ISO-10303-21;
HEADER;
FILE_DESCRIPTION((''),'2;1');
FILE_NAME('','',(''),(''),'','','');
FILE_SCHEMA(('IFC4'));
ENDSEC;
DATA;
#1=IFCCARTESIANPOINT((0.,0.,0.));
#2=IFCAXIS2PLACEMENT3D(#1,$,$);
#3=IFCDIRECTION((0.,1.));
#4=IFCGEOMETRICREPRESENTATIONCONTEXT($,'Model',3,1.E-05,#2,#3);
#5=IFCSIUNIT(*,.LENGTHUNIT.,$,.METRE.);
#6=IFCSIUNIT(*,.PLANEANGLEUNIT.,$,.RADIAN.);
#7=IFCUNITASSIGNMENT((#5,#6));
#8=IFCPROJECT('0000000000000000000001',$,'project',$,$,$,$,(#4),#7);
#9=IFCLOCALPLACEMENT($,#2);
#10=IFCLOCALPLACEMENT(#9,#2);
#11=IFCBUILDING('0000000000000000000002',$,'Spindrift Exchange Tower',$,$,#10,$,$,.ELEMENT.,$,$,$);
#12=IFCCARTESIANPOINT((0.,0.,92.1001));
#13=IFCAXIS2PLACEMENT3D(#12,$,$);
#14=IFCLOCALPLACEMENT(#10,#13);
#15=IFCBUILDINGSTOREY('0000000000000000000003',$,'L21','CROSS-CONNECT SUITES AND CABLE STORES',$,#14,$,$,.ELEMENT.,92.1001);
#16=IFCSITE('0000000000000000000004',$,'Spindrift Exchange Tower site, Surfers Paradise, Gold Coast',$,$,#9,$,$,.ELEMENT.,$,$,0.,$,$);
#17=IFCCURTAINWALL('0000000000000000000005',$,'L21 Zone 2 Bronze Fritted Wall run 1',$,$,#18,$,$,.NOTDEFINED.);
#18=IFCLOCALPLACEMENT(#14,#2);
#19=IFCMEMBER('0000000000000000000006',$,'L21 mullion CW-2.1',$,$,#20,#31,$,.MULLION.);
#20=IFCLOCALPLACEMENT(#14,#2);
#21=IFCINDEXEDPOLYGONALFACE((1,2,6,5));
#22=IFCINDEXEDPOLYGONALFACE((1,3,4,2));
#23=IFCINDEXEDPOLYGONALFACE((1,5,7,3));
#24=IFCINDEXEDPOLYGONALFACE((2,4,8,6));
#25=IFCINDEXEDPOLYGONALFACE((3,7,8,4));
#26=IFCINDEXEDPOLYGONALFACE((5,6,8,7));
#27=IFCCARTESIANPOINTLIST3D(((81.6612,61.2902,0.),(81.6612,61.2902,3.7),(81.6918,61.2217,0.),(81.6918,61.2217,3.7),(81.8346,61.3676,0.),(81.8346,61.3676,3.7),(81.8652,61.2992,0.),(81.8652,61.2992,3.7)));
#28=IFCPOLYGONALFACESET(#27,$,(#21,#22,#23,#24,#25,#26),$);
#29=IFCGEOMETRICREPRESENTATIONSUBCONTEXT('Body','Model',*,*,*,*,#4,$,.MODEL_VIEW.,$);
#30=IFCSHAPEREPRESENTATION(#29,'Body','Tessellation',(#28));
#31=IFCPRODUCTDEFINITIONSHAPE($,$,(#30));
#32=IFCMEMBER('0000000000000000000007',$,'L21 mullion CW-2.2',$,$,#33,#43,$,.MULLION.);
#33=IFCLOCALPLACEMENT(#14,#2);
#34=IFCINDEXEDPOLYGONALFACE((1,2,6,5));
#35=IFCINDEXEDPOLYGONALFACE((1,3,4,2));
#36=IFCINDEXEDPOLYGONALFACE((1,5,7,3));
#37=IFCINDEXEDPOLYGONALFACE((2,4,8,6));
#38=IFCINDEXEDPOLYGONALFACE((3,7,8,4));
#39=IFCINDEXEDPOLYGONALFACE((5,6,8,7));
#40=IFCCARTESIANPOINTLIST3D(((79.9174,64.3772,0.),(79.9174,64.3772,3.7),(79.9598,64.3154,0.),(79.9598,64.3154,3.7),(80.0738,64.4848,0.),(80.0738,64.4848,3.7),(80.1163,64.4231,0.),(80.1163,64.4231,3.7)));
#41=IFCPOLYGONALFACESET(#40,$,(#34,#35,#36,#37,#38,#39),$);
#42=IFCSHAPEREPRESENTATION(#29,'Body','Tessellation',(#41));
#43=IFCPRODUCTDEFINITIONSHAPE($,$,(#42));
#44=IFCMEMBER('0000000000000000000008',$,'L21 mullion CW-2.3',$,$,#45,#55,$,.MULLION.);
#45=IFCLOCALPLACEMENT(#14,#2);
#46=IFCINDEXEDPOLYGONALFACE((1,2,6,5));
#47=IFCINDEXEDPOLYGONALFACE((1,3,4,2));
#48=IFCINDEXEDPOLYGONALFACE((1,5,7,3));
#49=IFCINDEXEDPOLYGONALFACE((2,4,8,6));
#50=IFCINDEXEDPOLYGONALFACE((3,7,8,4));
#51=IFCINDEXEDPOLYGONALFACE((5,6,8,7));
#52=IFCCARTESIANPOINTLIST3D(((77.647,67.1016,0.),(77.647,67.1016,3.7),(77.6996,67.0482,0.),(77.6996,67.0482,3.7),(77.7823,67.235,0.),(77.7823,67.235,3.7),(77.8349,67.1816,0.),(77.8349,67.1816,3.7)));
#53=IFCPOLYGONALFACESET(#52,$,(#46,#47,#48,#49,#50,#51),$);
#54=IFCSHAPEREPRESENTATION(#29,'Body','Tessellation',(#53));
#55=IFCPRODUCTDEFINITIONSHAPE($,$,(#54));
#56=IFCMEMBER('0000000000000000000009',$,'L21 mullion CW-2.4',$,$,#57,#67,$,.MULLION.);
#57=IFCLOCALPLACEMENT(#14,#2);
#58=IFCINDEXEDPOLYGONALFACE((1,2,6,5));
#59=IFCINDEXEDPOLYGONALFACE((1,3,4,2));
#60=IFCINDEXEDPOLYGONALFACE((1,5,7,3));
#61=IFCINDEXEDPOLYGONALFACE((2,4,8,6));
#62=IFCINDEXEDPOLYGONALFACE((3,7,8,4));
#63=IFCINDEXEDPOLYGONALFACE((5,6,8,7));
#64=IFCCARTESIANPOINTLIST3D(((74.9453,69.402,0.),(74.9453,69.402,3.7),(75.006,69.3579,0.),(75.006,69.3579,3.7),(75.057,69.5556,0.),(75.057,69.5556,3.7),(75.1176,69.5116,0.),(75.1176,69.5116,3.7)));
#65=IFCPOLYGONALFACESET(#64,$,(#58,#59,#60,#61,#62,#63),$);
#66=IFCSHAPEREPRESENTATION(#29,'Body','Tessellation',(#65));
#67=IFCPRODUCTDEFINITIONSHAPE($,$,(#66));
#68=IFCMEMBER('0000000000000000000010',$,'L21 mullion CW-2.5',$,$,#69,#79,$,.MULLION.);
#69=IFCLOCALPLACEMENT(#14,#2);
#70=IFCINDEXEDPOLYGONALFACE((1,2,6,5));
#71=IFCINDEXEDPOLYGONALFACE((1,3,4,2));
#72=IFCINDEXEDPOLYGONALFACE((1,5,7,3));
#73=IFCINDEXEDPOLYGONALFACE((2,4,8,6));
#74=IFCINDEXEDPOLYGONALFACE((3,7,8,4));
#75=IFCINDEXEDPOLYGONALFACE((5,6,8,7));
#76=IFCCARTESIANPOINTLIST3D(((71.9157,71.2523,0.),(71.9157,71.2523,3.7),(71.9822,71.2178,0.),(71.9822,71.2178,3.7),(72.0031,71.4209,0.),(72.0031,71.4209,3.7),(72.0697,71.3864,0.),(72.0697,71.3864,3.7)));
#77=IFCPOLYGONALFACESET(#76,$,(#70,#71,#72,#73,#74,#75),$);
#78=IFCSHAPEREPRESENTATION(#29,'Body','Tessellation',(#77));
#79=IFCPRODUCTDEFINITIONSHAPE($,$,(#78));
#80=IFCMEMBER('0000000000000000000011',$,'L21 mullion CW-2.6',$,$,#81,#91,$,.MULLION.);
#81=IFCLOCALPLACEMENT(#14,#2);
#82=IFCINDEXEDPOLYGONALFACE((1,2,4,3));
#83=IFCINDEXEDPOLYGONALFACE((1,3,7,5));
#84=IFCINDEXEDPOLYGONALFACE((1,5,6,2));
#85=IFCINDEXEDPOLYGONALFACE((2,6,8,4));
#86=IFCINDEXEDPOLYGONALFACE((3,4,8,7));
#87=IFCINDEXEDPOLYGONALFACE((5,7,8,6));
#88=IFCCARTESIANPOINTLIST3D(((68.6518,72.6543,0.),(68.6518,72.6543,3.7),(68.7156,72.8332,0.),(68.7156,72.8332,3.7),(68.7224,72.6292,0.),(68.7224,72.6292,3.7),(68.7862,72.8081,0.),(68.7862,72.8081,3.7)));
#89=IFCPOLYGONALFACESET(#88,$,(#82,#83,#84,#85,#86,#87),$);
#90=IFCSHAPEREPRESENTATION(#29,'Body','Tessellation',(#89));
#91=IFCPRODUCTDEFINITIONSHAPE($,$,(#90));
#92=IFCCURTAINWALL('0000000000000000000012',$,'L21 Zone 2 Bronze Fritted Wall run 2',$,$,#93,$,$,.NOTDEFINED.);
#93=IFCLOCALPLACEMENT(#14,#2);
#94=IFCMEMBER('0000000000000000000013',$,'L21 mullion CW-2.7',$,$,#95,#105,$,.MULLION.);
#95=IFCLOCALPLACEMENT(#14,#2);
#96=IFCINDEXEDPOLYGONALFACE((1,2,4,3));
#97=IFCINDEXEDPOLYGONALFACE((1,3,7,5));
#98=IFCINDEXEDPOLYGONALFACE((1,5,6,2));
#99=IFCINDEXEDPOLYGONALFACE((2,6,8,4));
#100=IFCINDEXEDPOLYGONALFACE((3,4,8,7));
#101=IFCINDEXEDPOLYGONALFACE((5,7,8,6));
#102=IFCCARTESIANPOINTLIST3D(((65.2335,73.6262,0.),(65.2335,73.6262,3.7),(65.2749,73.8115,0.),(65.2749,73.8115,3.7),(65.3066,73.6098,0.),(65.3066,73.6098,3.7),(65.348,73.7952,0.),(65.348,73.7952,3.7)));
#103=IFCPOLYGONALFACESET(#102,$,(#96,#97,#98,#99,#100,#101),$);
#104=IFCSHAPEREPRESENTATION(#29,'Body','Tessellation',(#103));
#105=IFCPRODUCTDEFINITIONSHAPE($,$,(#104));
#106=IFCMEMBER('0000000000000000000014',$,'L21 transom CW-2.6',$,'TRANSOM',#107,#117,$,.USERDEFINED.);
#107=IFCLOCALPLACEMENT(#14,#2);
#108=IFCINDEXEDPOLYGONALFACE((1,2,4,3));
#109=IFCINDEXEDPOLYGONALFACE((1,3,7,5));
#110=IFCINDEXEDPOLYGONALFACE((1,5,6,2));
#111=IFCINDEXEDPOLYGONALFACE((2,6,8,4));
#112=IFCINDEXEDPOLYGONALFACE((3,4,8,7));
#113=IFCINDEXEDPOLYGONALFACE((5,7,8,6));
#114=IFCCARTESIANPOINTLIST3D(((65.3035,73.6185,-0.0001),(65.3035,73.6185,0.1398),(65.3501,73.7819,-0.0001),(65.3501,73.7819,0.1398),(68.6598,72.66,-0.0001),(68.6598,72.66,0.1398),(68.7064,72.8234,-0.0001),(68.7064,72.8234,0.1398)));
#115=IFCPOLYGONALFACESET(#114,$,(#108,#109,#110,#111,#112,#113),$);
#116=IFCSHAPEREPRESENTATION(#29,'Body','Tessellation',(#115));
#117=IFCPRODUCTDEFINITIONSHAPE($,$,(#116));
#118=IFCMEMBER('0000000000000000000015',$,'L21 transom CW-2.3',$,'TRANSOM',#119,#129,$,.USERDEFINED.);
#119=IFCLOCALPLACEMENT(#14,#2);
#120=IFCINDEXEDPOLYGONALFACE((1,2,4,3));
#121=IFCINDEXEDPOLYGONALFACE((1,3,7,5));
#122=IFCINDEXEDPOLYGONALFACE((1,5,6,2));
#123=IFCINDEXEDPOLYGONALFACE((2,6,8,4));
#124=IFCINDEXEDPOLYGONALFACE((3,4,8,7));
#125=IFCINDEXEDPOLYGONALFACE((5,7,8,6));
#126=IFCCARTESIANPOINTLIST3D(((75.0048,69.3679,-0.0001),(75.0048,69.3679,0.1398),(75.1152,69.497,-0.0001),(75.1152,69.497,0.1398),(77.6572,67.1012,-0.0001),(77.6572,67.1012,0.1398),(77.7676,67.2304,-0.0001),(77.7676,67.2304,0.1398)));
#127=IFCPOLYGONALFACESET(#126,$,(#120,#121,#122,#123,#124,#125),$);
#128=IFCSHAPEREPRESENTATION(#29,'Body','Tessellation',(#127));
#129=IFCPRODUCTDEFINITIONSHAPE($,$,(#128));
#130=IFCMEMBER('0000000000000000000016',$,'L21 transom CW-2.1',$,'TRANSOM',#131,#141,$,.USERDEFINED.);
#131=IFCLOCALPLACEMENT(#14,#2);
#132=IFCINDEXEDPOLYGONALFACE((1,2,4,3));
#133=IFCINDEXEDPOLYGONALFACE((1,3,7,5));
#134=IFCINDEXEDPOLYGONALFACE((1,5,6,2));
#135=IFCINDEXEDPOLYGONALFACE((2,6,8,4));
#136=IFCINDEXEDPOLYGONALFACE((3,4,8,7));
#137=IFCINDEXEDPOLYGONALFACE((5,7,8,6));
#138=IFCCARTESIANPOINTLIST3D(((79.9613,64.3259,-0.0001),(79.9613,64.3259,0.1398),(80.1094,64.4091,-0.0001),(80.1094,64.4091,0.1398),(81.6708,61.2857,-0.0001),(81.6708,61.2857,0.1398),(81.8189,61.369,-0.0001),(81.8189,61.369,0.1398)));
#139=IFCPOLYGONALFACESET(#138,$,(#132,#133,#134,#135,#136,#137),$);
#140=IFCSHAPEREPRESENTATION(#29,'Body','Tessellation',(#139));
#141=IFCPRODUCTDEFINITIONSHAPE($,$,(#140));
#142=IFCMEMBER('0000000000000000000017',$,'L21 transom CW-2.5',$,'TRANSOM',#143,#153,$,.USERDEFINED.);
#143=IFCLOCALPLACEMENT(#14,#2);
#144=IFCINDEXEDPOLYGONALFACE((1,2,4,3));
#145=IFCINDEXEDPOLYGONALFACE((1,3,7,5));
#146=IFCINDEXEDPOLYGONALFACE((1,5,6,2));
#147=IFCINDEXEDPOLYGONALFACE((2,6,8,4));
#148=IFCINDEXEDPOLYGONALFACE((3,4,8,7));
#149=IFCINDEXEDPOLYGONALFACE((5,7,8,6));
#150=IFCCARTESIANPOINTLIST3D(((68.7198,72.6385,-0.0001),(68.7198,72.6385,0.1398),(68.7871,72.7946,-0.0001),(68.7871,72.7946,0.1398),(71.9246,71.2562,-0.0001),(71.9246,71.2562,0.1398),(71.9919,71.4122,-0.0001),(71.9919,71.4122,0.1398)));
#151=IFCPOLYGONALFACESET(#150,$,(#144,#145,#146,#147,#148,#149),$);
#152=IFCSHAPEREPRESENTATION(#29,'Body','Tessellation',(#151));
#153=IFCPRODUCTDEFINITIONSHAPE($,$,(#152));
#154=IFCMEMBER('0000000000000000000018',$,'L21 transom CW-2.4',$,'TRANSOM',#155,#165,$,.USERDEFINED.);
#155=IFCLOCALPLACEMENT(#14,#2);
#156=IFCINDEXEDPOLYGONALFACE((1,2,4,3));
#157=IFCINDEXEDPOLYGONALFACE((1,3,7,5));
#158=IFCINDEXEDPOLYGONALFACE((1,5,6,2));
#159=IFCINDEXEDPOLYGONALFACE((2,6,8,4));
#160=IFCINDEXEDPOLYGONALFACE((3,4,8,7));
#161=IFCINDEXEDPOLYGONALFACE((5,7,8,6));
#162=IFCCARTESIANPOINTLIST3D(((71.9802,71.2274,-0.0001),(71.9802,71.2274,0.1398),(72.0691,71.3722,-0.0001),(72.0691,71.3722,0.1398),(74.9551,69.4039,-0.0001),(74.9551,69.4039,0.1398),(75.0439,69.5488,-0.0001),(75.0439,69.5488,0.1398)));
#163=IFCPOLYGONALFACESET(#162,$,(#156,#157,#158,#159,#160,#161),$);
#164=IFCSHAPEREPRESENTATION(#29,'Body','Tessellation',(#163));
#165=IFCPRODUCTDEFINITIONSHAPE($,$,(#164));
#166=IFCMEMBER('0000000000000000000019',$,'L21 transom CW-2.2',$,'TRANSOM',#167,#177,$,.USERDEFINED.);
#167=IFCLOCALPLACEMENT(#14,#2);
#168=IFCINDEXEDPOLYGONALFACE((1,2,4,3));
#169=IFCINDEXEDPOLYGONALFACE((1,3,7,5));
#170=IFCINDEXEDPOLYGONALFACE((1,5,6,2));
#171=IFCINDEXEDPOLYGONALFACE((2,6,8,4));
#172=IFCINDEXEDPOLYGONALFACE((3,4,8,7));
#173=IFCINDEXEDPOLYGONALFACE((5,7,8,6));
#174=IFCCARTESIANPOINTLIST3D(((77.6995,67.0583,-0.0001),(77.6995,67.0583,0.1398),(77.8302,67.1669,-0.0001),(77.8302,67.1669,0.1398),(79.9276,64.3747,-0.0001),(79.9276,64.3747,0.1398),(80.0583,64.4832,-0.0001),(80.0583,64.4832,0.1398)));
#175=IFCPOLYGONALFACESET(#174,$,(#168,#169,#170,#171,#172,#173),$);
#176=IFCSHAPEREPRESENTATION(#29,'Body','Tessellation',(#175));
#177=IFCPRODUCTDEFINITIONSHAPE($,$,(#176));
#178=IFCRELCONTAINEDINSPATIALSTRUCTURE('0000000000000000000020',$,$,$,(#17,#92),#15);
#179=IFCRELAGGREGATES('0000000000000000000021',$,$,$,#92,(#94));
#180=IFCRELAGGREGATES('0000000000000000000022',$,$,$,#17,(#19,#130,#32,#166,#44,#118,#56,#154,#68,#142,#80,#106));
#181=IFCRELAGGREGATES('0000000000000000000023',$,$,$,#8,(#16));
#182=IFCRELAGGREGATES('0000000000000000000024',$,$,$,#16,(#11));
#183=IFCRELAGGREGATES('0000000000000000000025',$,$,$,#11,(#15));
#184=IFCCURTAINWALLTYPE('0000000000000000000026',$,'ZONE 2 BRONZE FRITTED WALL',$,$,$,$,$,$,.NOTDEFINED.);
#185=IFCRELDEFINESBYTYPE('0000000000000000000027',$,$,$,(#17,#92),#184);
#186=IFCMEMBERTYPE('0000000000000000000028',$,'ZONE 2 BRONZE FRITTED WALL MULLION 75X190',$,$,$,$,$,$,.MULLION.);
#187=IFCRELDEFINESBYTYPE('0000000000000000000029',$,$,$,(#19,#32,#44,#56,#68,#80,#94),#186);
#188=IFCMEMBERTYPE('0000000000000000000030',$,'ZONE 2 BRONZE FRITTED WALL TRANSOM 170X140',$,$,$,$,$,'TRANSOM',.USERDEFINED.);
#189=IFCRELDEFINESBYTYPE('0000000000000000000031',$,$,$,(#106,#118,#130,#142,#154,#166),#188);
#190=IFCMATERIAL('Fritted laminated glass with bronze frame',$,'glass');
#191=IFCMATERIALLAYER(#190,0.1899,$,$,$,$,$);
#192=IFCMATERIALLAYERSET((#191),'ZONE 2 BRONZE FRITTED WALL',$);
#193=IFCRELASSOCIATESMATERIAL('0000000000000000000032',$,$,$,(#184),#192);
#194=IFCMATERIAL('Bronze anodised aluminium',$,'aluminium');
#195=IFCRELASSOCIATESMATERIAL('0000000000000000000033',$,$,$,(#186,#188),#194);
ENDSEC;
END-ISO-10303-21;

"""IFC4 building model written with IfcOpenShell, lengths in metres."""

from ifc_helpers import new_model, si_unit, direction, frame, origin, origin_2d, place, context, subcontext, project, spatial, rectangle, extrude, source, transform, mapped, material, layer, layer_set, material_profile, profile_set, type_object, element, aggregate, save


model = new_model("IFC4")

# Units and contexts
model_context = context("Model", 3, precision=1e-05, world=origin(), true_north=direction((0.0, 1.0)))
body_context = subcontext(model_context, "Body", "Model", "MODEL_VIEW")
ifc_project = project(units=[si_unit("LENGTHUNIT", "METRE"), si_unit("PLANEANGLEUNIT", "RADIAN")], contexts=[model_context])

# Site, building, storey
site_placement = place(None, origin())
site = spatial("IfcSite", under=ifc_project, at=site_placement, Name="Spindrift Exchange Tower site, Surfers Paradise, Gold Coast", CompositionType="ELEMENT", RefElevation=0.0)
building_placement = place(site_placement, origin())
building = spatial("IfcBuilding", under=site, at=building_placement, Name="Spindrift Exchange Tower", CompositionType="ELEMENT")
storey_placement = place(building_placement, frame((0.0, 0.0, 92.1001)))
storey = spatial("IfcBuildingStorey", under=building, at=storey_placement, Name="L21", Description="CROSS-CONNECT SUITES AND CABLE STORES", CompositionType="ELEMENT", Elevation=92.1001)

# Curtain wall, members
ifc_material_1 = material(Name="Fritted laminated glass with bronze frame", Category="glass")
ifc_layer_1 = layer(ifc_material_1, 0.1899)
ifc_layer_set_1 = layer_set([ifc_layer_1], Name="ZONE 2 BRONZE FRITTED WALL")
curtain_wall_type = type_object("IfcCurtainWallType", Name="ZONE 2 BRONZE FRITTED WALL", PredefinedType="NOTDEFINED", material=ifc_layer_set_1)
curtain_wall_1_placement = place(storey_placement, origin())
curtain_wall_1 = element("IfcCurtainWall", 1, at=curtain_wall_1_placement, inside=storey, type_object=curtain_wall_type, Name="L21 Zone 2 Bronze Fritted Wall run 1", PredefinedType="NOTDEFINED")
ifc_material_2 = material(Name="Bronze anodised aluminium", Category="aluminium")
ifc_material_profile_1 = material_profile(ifc_material_2, rectangle(XDim=0.075, YDim=0.1899, at=origin_2d()), Name="ZONE 2 BRONZE FRITTED WALL MULLION 75X190")
ifc_profile_set_1 = profile_set([ifc_material_profile_1], Name="Bronze anodised aluminium")
member_type_1 = type_object("IfcMemberType", Name="ZONE 2 BRONZE FRITTED WALL MULLION 75X190", PredefinedType="MULLION", material=ifc_profile_set_1)
shared_shape_1 = source(origin(), body_context, "Body", "SweptSolid", [
    extrude(rectangle(XDim=0.075, YDim=0.1899, at=origin_2d()), origin(), (0.0, 0.0, 1.0), 3.7),
])
member_1_placement = place(storey_placement, frame((81.7632, 61.2947, 0.0), z_axis=(0.0, 0.0, 1.0), x_axis=(-0.407851, 0.913048, 0.0)))
member_1 = element("IfcMember", 2, at=member_1_placement, type_object=member_type_1, Name="L21 mullion CW-2.1", PredefinedType="MULLION", context=body_context, shape_type="MappedRepresentation", body=[
    mapped(shared_shape_1, transform((0.0, 0.0, 0.0), scale=1.0)),
])
member_2_placement = place(storey_placement, frame((80.0168, 64.4001, 0.0), z_axis=(0.0, 0.0, 1.0), x_axis=(-0.566776, 0.823872, 0.0)))
member_2 = element("IfcMember", 3, at=member_2_placement, type_object=member_type_1, Name="L21 mullion CW-2.2", PredefinedType="MULLION", context=body_context, shape_type="MappedRepresentation", body=[
    mapped(shared_shape_1, transform((0.0, 0.0, 0.0), scale=1.0)),
])
member_3_placement = place(storey_placement, frame((77.741, 67.1416, 0.0), z_axis=(0.0, 0.0, 1.0), x_axis=(-0.702062, 0.712115, 0.0)))
member_3 = element("IfcMember", 4, at=member_3_placement, type_object=member_type_1, Name="L21 mullion CW-2.3", PredefinedType="MULLION", context=body_context, shape_type="MappedRepresentation", body=[
    mapped(shared_shape_1, transform((0.0, 0.0, 0.0), scale=1.0)),
])
member_4_placement = place(storey_placement, frame((75.0315, 69.4568, 0.0), z_axis=(0.0, 0.0, 1.0), x_axis=(-0.808911, 0.587931, 0.0)))
member_4 = element("IfcMember", 5, at=member_4_placement, type_object=member_type_1, Name="L21 mullion CW-2.4", PredefinedType="MULLION", context=body_context, shape_type="MappedRepresentation", body=[
    mapped(shared_shape_1, transform((0.0, 0.0, 0.0), scale=1.0)),
])
member_5_placement = place(storey_placement, frame((71.9927, 71.3193, 0.0), z_axis=(0.0, 0.0, 1.0), x_axis=(-0.887668, 0.460483, 0.0)))
member_5 = element("IfcMember", 6, at=member_5_placement, type_object=member_type_1, Name="L21 mullion CW-2.5", PredefinedType="MULLION", context=body_context, shape_type="MappedRepresentation", body=[
    mapped(shared_shape_1, transform((0.0, 0.0, 0.0), scale=1.0)),
])
member_6_placement = place(storey_placement, frame((68.719, 72.7312, 0.0), z_axis=(0.0, 0.0, 1.0), x_axis=(-0.941843, 0.336053, 0.0)))
member_6 = element("IfcMember", 7, at=member_6_placement, type_object=member_type_1, Name="L21 mullion CW-2.6", PredefinedType="MULLION", context=body_context, shape_type="MappedRepresentation", body=[
    mapped(shared_shape_1, transform((0.0, 0.0, 0.0), scale=1.0)),
])

# Curtain wall, member
curtain_wall_2_placement = place(storey_placement, origin())
curtain_wall_2 = element("IfcCurtainWall", 8, at=curtain_wall_2_placement, inside=storey, type_object=curtain_wall_type, Name="L21 Zone 2 Bronze Fritted Wall run 2", PredefinedType="NOTDEFINED")
member_7_placement = place(storey_placement, frame((65.2908, 73.7107, 0.0), z_axis=(0.0, 0.0, 1.0), x_axis=(-0.975966, 0.217925, 0.0)))
member_7 = element("IfcMember", 9, at=member_7_placement, type_object=member_type_1, Name="L21 mullion CW-2.7", PredefinedType="MULLION", context=body_context, shape_type="MappedRepresentation", body=[
    mapped(shared_shape_1, transform((0.0, 0.0, 0.0), scale=1.0)),
])
aggregate(curtain_wall_2, [member_7])

# Members
ifc_material_profile_2 = material_profile(ifc_material_2, rectangle(XDim=0.1699, YDim=0.1399, at=origin_2d()), Name="ZONE 2 BRONZE FRITTED WALL TRANSOM 170X140")
ifc_profile_set_2 = profile_set([ifc_material_profile_2], Name="Bronze anodised aluminium")
member_type_2 = type_object("IfcMemberType", Name="ZONE 2 BRONZE FRITTED WALL TRANSOM 170X140", ElementType="TRANSOM", PredefinedType="USERDEFINED", material=ifc_profile_set_2)
shared_shape_2 = source(origin(), body_context, "Body", "SweptSolid", [
    extrude(rectangle(XDim=0.1699, YDim=0.1399, at=origin_2d()), origin(), (0.0, 0.0, 1.0), 3.4905),
])
member_8_placement = place(storey_placement, frame((68.6831, 72.7417, 0.0698), z_axis=(-0.961556, 0.27461, 0.0), x_axis=(-0.27461, -0.961556, 0.0)))
member_8 = element("IfcMember", 10, at=member_8_placement, type_object=member_type_2, Name="L21 transom CW-2.6", ObjectType="TRANSOM", PredefinedType="USERDEFINED", context=body_context, shape_type="MappedRepresentation", body=[
    mapped(shared_shape_2, transform((0.0, 0.0, 0.0), scale=1.0)),
])
shared_shape_3 = source(origin(), body_context, "Body", "SweptSolid", [
    extrude(rectangle(XDim=0.1699, YDim=0.1399, at=origin_2d()), origin(), (0.0, 0.0, 1.0), 3.489),
])
member_9_placement = place(storey_placement, frame((77.7124, 67.1658, 0.0698), z_axis=(-0.760224, 0.649661, 0.0), x_axis=(-0.649661, -0.760224, 0.0)))
member_9 = element("IfcMember", 11, at=member_9_placement, type_object=member_type_2, Name="L21 transom CW-2.3", ObjectType="TRANSOM", PredefinedType="USERDEFINED", context=body_context, shape_type="MappedRepresentation", body=[
    mapped(shared_shape_3, transform((0.0, 0.0, 0.0), scale=1.0)),
])
shared_shape_4 = source(origin(), body_context, "Body", "SweptSolid", [
    extrude(rectangle(XDim=0.1699, YDim=0.1399, at=origin_2d()), origin(), (0.0, 0.0, 1.0), 3.4878),
])
member_10_placement = place(storey_placement, frame((81.7449, 61.3274, 0.0698), z_axis=(-0.490142, 0.871643, 0.0), x_axis=(-0.871643, -0.490142, 0.0)))
member_10 = element("IfcMember", 12, at=member_10_placement, type_object=member_type_2, Name="L21 transom CW-2.1", ObjectType="TRANSOM", PredefinedType="USERDEFINED", context=body_context, shape_type="MappedRepresentation", body=[
    mapped(shared_shape_4, transform((0.0, 0.0, 0.0), scale=1.0)),
])
shared_shape_5 = source(origin(), body_context, "Body", "SweptSolid", [
    extrude(rectangle(XDim=0.1699, YDim=0.1399, at=origin_2d()), origin(), (0.0, 0.0, 1.0), 3.4902),
])
member_11_placement = place(storey_placement, frame((71.9583, 71.3342, 0.0698), z_axis=(-0.918227, 0.396054, 0.0), x_axis=(-0.396054, -0.918227, 0.0)))
member_11 = element("IfcMember", 13, at=member_11_placement, type_object=member_type_2, Name="L21 transom CW-2.5", ObjectType="TRANSOM", PredefinedType="USERDEFINED", context=body_context, shape_type="MappedRepresentation", body=[
    mapped(shared_shape_5, transform((0.0, 0.0, 0.0), scale=1.0)),
])
shared_shape_6 = source(origin(), body_context, "Body", "SweptSolid", [
    extrude(rectangle(XDim=0.1699, YDim=0.1399, at=origin_2d()), origin(), (0.0, 0.0, 1.0), 3.4893),
])
member_12_placement = place(storey_placement, frame((74.9995, 69.4763, 0.0698), z_axis=(-0.852577, 0.522601, 0.0), x_axis=(-0.522601, -0.852577, 0.0)))
member_12 = element("IfcMember", 14, at=member_12_placement, type_object=member_type_2, Name="L21 transom CW-2.4", ObjectType="TRANSOM", PredefinedType="USERDEFINED", context=body_context, shape_type="MappedRepresentation", body=[
    mapped(shared_shape_6, transform((0.0, 0.0, 0.0), scale=1.0)),
])
shared_shape_7 = source(origin(), body_context, "Body", "SweptSolid", [
    extrude(rectangle(XDim=0.1699, YDim=0.1399, at=origin_2d()), origin(), (0.0, 0.0, 1.0), 3.488),
])
member_13_placement = place(storey_placement, frame((79.9929, 64.429, 0.0698), z_axis=(-0.638779, 0.76939, 0.0), x_axis=(-0.76939, -0.638779, 0.0)))
member_13 = element("IfcMember", 15, at=member_13_placement, type_object=member_type_2, Name="L21 transom CW-2.2", ObjectType="TRANSOM", PredefinedType="USERDEFINED", context=body_context, shape_type="MappedRepresentation", body=[
    mapped(shared_shape_7, transform((0.0, 0.0, 0.0), scale=1.0)),
])

aggregate(curtain_wall_1, [member_1, member_10, member_2, member_13, member_3, member_9, member_4, member_12, member_5, member_11, member_6, member_8])

save(model, "model.ifc")
